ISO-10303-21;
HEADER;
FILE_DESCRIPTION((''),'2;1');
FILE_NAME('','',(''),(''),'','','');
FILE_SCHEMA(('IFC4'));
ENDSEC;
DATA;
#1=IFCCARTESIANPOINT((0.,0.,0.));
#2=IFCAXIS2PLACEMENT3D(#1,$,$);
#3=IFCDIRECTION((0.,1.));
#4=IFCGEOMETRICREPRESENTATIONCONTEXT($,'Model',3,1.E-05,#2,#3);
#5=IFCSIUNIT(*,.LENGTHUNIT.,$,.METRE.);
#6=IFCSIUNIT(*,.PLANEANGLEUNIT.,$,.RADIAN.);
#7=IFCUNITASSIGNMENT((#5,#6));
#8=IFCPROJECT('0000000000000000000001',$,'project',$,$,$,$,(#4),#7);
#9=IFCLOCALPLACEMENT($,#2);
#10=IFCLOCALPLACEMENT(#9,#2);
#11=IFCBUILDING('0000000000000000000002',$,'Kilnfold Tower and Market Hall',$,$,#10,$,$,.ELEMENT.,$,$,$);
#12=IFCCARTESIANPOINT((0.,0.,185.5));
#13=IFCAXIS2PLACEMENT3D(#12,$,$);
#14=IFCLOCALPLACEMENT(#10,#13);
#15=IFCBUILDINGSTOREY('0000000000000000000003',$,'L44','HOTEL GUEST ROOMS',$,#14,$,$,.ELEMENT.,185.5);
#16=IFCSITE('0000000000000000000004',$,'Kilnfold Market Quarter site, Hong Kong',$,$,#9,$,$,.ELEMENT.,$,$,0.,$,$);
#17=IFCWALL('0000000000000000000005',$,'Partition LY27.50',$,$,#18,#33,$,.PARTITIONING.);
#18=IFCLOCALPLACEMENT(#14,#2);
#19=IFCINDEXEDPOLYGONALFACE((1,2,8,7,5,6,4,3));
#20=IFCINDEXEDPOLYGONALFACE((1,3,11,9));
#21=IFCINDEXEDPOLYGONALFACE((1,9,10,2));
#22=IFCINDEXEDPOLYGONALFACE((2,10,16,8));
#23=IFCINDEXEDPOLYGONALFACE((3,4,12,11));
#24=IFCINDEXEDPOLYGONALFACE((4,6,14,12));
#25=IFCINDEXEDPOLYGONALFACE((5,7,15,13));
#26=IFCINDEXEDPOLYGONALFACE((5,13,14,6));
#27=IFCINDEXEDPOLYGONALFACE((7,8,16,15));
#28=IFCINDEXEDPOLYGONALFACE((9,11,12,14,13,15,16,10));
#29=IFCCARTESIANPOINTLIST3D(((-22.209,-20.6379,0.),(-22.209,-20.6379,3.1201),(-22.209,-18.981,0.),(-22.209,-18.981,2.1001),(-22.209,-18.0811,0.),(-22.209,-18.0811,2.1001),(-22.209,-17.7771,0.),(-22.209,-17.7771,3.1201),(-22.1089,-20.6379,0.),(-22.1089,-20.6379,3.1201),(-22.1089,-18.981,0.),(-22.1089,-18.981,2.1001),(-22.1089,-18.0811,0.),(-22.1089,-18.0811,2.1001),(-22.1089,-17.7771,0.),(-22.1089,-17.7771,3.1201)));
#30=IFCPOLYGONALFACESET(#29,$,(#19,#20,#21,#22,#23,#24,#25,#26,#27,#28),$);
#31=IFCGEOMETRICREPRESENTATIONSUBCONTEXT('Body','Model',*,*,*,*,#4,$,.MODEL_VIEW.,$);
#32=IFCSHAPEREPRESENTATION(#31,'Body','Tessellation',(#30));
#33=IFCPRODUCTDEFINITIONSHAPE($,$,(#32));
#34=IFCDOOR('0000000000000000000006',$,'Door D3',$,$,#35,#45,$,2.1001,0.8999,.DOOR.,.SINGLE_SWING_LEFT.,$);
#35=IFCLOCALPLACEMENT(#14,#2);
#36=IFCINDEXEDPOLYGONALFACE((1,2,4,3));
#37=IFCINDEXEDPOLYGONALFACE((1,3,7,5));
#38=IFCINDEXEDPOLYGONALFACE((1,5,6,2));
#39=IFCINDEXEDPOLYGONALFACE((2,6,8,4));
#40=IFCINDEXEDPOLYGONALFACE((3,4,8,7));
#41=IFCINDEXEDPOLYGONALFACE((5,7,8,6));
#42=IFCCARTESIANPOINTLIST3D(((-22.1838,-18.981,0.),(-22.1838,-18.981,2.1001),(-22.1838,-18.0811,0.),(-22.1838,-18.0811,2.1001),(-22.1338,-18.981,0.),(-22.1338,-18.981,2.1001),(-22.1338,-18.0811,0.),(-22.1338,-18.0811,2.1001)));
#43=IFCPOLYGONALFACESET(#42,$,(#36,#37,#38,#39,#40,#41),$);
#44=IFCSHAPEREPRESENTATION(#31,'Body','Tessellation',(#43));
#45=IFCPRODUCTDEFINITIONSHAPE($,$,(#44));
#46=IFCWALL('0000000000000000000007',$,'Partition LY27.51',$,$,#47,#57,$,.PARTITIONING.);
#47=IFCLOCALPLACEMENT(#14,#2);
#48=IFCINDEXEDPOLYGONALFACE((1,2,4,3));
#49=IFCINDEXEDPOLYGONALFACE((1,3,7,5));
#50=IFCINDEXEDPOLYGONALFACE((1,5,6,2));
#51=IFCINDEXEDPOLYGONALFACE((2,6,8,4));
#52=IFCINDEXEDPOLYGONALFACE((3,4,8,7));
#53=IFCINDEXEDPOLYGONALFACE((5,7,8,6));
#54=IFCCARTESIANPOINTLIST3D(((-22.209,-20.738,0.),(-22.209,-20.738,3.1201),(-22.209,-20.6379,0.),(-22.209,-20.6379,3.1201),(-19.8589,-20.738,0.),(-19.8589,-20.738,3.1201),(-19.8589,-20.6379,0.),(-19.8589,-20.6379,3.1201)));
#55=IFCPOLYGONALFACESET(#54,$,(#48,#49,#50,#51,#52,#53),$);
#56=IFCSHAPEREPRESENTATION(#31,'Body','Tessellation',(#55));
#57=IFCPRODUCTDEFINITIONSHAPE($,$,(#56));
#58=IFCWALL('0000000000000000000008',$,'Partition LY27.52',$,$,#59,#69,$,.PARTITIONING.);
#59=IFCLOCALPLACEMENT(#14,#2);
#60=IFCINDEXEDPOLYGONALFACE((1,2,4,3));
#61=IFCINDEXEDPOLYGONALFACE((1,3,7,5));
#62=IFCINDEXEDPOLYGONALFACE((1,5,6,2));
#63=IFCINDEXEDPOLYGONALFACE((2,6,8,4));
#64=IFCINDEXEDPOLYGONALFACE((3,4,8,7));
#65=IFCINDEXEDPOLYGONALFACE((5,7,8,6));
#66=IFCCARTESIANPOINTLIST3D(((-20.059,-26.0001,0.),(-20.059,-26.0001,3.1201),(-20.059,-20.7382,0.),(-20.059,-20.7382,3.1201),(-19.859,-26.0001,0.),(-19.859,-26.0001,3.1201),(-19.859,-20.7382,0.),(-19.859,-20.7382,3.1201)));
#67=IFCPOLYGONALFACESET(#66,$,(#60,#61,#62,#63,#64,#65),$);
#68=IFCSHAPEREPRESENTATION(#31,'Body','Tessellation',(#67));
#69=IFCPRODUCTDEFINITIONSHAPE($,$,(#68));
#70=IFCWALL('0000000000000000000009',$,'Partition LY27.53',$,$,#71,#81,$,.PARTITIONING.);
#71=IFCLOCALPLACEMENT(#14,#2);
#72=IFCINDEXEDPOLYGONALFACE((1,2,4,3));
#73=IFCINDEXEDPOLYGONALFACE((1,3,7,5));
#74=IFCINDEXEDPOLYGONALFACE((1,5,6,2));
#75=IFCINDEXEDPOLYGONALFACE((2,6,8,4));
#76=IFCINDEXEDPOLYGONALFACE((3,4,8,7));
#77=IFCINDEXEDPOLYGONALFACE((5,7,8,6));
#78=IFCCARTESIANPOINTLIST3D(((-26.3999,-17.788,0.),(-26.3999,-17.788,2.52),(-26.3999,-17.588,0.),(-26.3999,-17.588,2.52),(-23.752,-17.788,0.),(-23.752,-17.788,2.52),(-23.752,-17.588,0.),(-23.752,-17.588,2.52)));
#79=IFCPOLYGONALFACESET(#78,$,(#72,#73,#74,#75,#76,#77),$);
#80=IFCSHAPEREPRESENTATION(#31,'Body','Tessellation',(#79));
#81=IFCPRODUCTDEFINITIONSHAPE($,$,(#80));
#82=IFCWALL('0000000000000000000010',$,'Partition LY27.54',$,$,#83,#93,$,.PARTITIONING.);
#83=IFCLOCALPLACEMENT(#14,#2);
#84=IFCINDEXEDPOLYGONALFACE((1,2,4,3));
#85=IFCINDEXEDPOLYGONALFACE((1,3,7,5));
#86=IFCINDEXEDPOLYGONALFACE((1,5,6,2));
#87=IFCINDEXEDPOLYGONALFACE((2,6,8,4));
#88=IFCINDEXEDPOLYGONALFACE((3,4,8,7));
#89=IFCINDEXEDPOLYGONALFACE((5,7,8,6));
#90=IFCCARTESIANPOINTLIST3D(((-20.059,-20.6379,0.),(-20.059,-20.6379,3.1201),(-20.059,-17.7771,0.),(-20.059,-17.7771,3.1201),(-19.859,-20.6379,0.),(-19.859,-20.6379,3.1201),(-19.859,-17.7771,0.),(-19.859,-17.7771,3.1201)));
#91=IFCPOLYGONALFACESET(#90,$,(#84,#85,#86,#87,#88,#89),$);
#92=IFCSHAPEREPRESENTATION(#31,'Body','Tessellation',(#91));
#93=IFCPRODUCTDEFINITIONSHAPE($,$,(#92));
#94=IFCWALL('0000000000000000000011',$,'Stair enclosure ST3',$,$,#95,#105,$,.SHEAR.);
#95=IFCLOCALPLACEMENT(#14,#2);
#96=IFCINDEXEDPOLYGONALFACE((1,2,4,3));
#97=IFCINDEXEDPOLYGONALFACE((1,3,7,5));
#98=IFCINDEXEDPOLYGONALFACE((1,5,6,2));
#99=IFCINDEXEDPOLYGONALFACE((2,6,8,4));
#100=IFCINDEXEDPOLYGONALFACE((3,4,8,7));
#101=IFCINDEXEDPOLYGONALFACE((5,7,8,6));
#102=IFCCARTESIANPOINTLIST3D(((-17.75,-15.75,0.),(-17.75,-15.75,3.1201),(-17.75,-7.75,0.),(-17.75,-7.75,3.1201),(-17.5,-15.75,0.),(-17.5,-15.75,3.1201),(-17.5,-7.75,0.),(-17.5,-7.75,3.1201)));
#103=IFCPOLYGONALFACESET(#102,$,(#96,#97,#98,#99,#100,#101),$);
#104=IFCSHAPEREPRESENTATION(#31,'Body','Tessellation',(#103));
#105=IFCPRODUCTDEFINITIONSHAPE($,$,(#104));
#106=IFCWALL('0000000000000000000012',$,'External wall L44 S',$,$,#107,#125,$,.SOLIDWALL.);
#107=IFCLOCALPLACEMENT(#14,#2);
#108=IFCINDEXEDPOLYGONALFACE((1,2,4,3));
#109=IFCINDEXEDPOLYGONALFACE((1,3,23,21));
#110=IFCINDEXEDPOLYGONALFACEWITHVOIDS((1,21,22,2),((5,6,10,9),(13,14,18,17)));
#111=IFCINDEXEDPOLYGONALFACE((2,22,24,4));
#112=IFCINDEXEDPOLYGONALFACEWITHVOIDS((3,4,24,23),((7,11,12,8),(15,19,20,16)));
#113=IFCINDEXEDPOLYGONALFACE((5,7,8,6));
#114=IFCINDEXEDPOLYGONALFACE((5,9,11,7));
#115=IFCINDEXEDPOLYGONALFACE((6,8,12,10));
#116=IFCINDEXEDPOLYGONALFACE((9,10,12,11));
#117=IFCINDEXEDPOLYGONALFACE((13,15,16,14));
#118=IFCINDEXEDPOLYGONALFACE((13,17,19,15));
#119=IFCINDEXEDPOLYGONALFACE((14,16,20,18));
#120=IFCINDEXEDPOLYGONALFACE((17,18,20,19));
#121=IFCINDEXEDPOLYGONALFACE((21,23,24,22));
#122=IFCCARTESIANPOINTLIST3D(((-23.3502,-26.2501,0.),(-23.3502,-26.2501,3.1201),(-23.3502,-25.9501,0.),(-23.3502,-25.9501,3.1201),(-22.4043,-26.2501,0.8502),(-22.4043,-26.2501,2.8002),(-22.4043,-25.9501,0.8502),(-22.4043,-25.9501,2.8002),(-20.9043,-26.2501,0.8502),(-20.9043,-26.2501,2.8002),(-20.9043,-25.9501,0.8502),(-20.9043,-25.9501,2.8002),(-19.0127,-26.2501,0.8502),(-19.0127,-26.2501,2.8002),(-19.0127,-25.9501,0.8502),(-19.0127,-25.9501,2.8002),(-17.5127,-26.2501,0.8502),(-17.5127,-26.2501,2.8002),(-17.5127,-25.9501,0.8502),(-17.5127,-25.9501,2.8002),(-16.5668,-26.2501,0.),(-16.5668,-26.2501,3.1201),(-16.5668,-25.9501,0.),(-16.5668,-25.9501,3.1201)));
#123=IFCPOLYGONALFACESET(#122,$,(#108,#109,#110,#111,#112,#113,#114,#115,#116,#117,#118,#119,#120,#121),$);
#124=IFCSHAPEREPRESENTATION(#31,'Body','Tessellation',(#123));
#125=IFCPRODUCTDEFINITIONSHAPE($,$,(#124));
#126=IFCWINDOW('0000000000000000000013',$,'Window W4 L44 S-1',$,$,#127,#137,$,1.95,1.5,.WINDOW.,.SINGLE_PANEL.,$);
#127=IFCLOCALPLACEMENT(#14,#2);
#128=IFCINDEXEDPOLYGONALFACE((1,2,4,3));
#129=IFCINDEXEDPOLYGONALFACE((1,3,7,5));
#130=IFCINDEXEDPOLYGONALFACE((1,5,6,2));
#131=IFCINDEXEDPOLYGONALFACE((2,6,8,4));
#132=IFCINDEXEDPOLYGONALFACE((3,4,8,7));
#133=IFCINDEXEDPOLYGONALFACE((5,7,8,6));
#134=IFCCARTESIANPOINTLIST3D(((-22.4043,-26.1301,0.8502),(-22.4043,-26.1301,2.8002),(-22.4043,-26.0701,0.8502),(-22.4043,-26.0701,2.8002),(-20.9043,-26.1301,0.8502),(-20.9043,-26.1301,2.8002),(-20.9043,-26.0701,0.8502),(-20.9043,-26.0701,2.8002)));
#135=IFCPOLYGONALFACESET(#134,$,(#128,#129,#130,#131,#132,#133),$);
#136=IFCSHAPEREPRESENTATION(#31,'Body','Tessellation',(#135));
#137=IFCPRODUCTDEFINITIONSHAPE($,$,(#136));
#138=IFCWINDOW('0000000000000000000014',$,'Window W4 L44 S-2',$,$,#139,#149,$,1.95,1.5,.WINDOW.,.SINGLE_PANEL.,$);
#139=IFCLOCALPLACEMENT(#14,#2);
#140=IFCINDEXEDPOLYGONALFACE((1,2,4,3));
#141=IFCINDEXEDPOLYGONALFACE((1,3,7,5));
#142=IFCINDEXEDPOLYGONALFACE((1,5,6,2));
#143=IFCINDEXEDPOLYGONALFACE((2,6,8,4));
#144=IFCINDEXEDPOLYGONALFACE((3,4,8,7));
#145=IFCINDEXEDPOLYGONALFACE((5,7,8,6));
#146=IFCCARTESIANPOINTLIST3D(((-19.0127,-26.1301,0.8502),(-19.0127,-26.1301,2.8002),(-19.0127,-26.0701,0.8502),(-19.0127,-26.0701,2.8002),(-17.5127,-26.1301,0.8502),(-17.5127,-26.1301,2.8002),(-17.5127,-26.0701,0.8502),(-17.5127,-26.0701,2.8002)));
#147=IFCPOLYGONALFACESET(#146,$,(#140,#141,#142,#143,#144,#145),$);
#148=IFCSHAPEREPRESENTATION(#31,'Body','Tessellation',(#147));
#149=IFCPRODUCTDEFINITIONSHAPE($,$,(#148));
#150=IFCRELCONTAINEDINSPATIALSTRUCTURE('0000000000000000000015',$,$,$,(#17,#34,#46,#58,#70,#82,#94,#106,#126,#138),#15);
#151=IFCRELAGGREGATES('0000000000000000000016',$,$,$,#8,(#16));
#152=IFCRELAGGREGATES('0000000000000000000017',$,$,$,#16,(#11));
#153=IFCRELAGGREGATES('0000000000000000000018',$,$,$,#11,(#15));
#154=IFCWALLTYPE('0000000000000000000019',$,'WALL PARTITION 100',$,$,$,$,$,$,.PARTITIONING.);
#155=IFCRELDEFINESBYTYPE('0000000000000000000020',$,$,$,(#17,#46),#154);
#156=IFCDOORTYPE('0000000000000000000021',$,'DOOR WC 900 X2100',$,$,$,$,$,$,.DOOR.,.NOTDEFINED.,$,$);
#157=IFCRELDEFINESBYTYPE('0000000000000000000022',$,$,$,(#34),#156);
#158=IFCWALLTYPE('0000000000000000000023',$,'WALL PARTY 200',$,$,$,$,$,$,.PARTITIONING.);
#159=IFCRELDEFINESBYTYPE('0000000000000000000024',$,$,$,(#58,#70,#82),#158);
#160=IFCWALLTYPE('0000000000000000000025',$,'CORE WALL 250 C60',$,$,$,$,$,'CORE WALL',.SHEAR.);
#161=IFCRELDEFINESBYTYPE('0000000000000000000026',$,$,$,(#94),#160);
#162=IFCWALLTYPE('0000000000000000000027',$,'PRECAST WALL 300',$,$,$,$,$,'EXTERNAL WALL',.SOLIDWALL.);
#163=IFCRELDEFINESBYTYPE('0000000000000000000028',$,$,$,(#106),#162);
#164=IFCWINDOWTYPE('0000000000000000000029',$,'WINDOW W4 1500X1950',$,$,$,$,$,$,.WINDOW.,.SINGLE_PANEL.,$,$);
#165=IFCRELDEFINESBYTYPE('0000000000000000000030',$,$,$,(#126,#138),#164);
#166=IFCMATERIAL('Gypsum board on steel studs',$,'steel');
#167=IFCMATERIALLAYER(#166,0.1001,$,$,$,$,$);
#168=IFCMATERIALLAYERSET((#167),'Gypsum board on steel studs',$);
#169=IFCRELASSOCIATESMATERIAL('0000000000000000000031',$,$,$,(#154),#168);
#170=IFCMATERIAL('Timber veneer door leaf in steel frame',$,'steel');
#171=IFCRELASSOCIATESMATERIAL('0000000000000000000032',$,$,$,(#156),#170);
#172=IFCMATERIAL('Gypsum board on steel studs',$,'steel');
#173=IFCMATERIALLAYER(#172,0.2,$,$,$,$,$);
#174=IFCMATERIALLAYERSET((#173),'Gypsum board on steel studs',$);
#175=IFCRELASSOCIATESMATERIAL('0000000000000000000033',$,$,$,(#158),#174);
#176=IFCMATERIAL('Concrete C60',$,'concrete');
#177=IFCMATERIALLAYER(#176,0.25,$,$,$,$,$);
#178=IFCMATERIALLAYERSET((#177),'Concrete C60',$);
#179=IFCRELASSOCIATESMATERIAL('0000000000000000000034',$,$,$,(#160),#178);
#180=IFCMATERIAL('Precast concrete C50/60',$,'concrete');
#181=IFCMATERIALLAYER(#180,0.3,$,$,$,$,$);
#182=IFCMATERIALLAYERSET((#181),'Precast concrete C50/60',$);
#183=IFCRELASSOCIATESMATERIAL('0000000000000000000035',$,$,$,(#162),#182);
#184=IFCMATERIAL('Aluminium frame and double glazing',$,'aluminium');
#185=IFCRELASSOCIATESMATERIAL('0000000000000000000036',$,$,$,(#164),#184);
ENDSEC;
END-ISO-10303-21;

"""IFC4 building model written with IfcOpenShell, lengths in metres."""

from ifc_helpers import new_model, si_unit, direction, frame, frame_2d, origin, place, context, subcontext, project, spatial, rectangle, extrude, source, transform, mapped, material, layer, layer_set, type_object, element, fill, save


model = new_model("IFC4")

# Units and contexts
model_context = context("Model", 3, precision=1e-05, world=origin(), true_north=direction((0.0, 1.0)))
body_context = subcontext(model_context, "Body", "Model", "MODEL_VIEW")
ifc_project = project(units=[si_unit("LENGTHUNIT", "METRE"), si_unit("PLANEANGLEUNIT", "RADIAN")], contexts=[model_context])

# Site, building, storey
site_placement = place(None, origin())
site = spatial("IfcSite", under=ifc_project, at=site_placement, Name="Kilnfold Market Quarter site, Hong Kong", CompositionType="ELEMENT", RefElevation=0.0)
building_placement = place(site_placement, origin())
building = spatial("IfcBuilding", under=site, at=building_placement, Name="Kilnfold Tower and Market Hall", CompositionType="ELEMENT")
storey_placement = place(building_placement, frame((0.0, 0.0, 185.5)))
storey = spatial("IfcBuildingStorey", under=building, at=storey_placement, Name="L44", Description="HOTEL GUEST ROOMS", CompositionType="ELEMENT", Elevation=185.5)

# Wall, opening, door
ifc_material_1 = material(Name="Gypsum board on steel studs", Category="steel")
ifc_layer_1 = layer(ifc_material_1, 0.1001)
ifc_layer_set_1 = layer_set([ifc_layer_1], Name="Gypsum board on steel studs")
wall_type_1 = type_object("IfcWallType", Name="WALL PARTITION 100", PredefinedType="PARTITIONING", material=ifc_layer_set_1)
wall_1_placement = place(storey_placement, frame((-22.1589, -20.6379, 0.0), z_axis=(0.0, 0.0, 1.0), x_axis=(0.0, 1.0, 0.0)))
wall_1 = element("IfcWall", 1, at=wall_1_placement, inside=storey, type_object=wall_type_1, Name="Partition LY27.50", PredefinedType="PARTITIONING", context=body_context, shape_type="SweptSolid", body=[
    extrude(rectangle(XDim=2.8608, YDim=0.1001, at=frame_2d((1.4304, 0.0))), origin(), (0.0, 0.0, 1.0), 3.1201),
])
opening_1_placement = place(wall_1_placement, frame((1.657, 0.0, 0.0)))
opening_1 = element("IfcOpeningElement", 2, at=opening_1_placement, cuts=wall_1, PredefinedType="OPENING", context=body_context, shape_type="SweptSolid", body=[
    extrude(rectangle(XDim=0.8999, YDim=2.1001, at=frame_2d((0.45, 1.05))), frame((0.0, 0.0601, 0.0), z_axis=(0.0, -1.0, 0.0), x_axis=(1.0, 0.0, 0.0)), (0.0, 0.0, 1.0), 0.1201),
])
ifc_material_2 = material(Name="Timber veneer door leaf in steel frame", Category="steel")
door_type_1 = type_object("IfcDoorType", Name="DOOR WC 900 X2100", OperationType="NOTDEFINED", PredefinedType="DOOR", material=ifc_material_2)
door_1_placement = place(opening_1_placement, origin())
door_1 = element("IfcDoor", 3, at=door_1_placement, inside=storey, type_object=door_type_1, Name="Door D3", OperationType="SINGLE_SWING_LEFT", OverallHeight=2.1001, OverallWidth=0.8999, PredefinedType="DOOR", context=body_context, shape_type="SweptSolid", body=[
    extrude(rectangle(XDim=0.8999, YDim=2.1001, at=frame_2d((0.45, 1.05))), frame((0.0, 0.0249, 0.0), z_axis=(0.0, -1.0, 0.0), x_axis=(1.0, 0.0, 0.0)), (0.0, 0.0, 1.0), 0.05),
])
fill(opening_1, door_1)

# Walls
wall_2_placement = place(storey_placement, frame((-22.209, -20.688, 0.0), z_axis=(0.0, 0.0, 1.0), x_axis=(1.0, 0.0, 0.0)))
element("IfcWall", 4, at=wall_2_placement, inside=storey, type_object=wall_type_1, Name="Partition LY27.51", PredefinedType="PARTITIONING", context=body_context, shape_type="SweptSolid", body=[
    extrude(rectangle(XDim=2.3501, YDim=0.1001, at=frame_2d((1.175, 0.0))), origin(), (0.0, 0.0, 1.0), 3.1201),
])
ifc_material_3 = material(Name="Gypsum board on steel studs", Category="steel")
ifc_layer_2 = layer(ifc_material_3, 0.2)
ifc_layer_set_2 = layer_set([ifc_layer_2], Name="Gypsum board on steel studs")
wall_type_2 = type_object("IfcWallType", Name="WALL PARTY 200", PredefinedType="PARTITIONING", material=ifc_layer_set_2)
wall_3_placement = place(storey_placement, frame((-19.959, -26.0, 0.0), z_axis=(0.0, 0.0, 1.0), x_axis=(0.0, 1.0, 0.0)))
element("IfcWall", 5, at=wall_3_placement, inside=storey, type_object=wall_type_2, Name="Partition LY27.52", PredefinedType="PARTITIONING", context=body_context, shape_type="SweptSolid", body=[
    extrude(rectangle(XDim=5.262, YDim=0.2, at=frame_2d((2.6309, 0.0))), origin(), (0.0, 0.0, 1.0), 3.1201),
])
wall_4_placement = place(storey_placement, frame((-26.3999, -17.688, 0.0), z_axis=(0.0, 0.0, 1.0), x_axis=(1.0, 0.0, 0.0)))
element("IfcWall", 6, at=wall_4_placement, inside=storey, type_object=wall_type_2, Name="Partition LY27.53", PredefinedType="PARTITIONING", context=body_context, shape_type="SweptSolid", body=[
    extrude(rectangle(XDim=2.6479, YDim=0.2, at=frame_2d((1.324, 0.0))), origin(), (0.0, 0.0, 1.0), 2.52),
])
wall_5_placement = place(storey_placement, frame((-19.959, -20.6379, 0.0), z_axis=(0.0, 0.0, 1.0), x_axis=(0.0, 1.0, 0.0)))
element("IfcWall", 7, at=wall_5_placement, inside=storey, type_object=wall_type_2, Name="Partition LY27.54", PredefinedType="PARTITIONING", context=body_context, shape_type="SweptSolid", body=[
    extrude(rectangle(XDim=2.8608, YDim=0.2, at=frame_2d((1.4304, 0.0))), origin(), (0.0, 0.0, 1.0), 3.1201),
])
ifc_material_4 = material(Name="Concrete C60", Category="concrete")
ifc_layer_3 = layer(ifc_material_4, 0.25)
ifc_layer_set_3 = layer_set([ifc_layer_3], Name="Concrete C60")
wall_type_3 = type_object("IfcWallType", Name="CORE WALL 250 C60", ElementType="CORE WALL", PredefinedType="SHEAR", material=ifc_layer_set_3)
shared_shape_1 = source(origin(), body_context, "Body", "SweptSolid", [
    extrude(rectangle(XDim=8.0, YDim=0.25, at=frame_2d((4.0, 0.0))), origin(), (0.0, 0.0, 1.0), 3.1201),
])
wall_6_placement = place(storey_placement, frame((-17.625, -15.75, 0.0), z_axis=(0.0, 0.0, 1.0), x_axis=(0.0, 1.0, 0.0)))
element("IfcWall", 8, at=wall_6_placement, inside=storey, type_object=wall_type_3, Name="Stair enclosure ST3", PredefinedType="SHEAR", context=body_context, shape_type="MappedRepresentation", body=[
    mapped(shared_shape_1, transform((0.0, 0.0, 0.0))),
])

# Wall, openings, windows
ifc_material_5 = material(Name="Precast concrete C50/60", Category="concrete")
ifc_layer_4 = layer(ifc_material_5, 0.3)
ifc_layer_set_4 = layer_set([ifc_layer_4], Name="Precast concrete C50/60")
wall_type_4 = type_object("IfcWallType", Name="PRECAST WALL 300", ElementType="EXTERNAL WALL", PredefinedType="SOLIDWALL", material=ifc_layer_set_4)
shared_shape_2 = source(origin(), body_context, "Body", "SweptSolid", [
    extrude(rectangle(XDim=6.7834, YDim=0.3, at=frame_2d((3.3916, 0.0))), origin(), (0.0, 0.0, 1.0), 3.1201),
])
wall_7_placement = place(storey_placement, frame((-23.3501, -26.1001, 0.0), z_axis=(0.0, 0.0, 1.0), x_axis=(1.0, 0.0, 0.0)))
wall_7 = element("IfcWall", 9, at=wall_7_placement, inside=storey, type_object=wall_type_4, Name="External wall L44 S", PredefinedType="SOLIDWALL", context=body_context, shape_type="MappedRepresentation", body=[
    mapped(shared_shape_2, transform((0.0, 0.0, 0.0))),
])
opening_2_placement = place(wall_7_placement, frame((0.9458, 0.0, 0.8501)))
opening_2 = element("IfcOpeningElement", 10, at=opening_2_placement, cuts=wall_7, PredefinedType="OPENING", context=body_context, shape_type="SweptSolid", body=[
    extrude(rectangle(XDim=1.5, YDim=1.95, at=frame_2d((0.75, 0.9751))), frame((0.0, 0.1602, 0.0), z_axis=(0.0, -1.0, 0.0), x_axis=(1.0, 0.0, 0.0)), (0.0, 0.0, 1.0), 0.3201),
])
opening_3_placement = place(wall_7_placement, frame((4.3374, 0.0, 0.8501)))
opening_3 = element("IfcOpeningElement", 11, at=opening_3_placement, cuts=wall_7, PredefinedType="OPENING", context=body_context, shape_type="SweptSolid", body=[
    extrude(rectangle(XDim=1.5, YDim=1.95, at=frame_2d((0.75, 0.9751))), frame((0.0, 0.1602, 0.0), z_axis=(0.0, -1.0, 0.0), x_axis=(1.0, 0.0, 0.0)), (0.0, 0.0, 1.0), 0.3201),
])
ifc_material_6 = material(Name="Aluminium frame and double glazing", Category="aluminium")
window_type_1 = type_object("IfcWindowType", Name="WINDOW W4 1500X1950", PartitioningType="SINGLE_PANEL", PredefinedType="WINDOW", material=ifc_material_6)
window_1_placement = place(opening_2_placement, origin())
window_1 = element("IfcWindow", 12, at=window_1_placement, inside=storey, type_object=window_type_1, Name="Window W4 L44 S-1", OverallHeight=1.95, OverallWidth=1.5, PartitioningType="SINGLE_PANEL", PredefinedType="WINDOW", context=body_context, shape_type="SweptSolid", body=[
    extrude(rectangle(XDim=1.5, YDim=1.95, at=frame_2d((0.75, 0.9751))), frame((0.0, 0.03, 0.0), z_axis=(0.0, -1.0, 0.0), x_axis=(1.0, 0.0, 0.0)), (0.0, 0.0, 1.0), 0.0601),
])
fill(opening_2, window_1)
window_2_placement = place(opening_3_placement, origin())
window_2 = element("IfcWindow", 13, at=window_2_placement, inside=storey, type_object=window_type_1, Name="Window W4 L44 S-2", OverallHeight=1.95, OverallWidth=1.5, PartitioningType="SINGLE_PANEL", PredefinedType="WINDOW", context=body_context, shape_type="SweptSolid", body=[
    extrude(rectangle(XDim=1.5, YDim=1.95, at=frame_2d((0.75, 0.9751))), frame((0.0, 0.03, 0.0), z_axis=(0.0, -1.0, 0.0), x_axis=(1.0, 0.0, 0.0)), (0.0, 0.0, 1.0), 0.0601),
])
fill(opening_3, window_2)

save(model, "model.ifc")
